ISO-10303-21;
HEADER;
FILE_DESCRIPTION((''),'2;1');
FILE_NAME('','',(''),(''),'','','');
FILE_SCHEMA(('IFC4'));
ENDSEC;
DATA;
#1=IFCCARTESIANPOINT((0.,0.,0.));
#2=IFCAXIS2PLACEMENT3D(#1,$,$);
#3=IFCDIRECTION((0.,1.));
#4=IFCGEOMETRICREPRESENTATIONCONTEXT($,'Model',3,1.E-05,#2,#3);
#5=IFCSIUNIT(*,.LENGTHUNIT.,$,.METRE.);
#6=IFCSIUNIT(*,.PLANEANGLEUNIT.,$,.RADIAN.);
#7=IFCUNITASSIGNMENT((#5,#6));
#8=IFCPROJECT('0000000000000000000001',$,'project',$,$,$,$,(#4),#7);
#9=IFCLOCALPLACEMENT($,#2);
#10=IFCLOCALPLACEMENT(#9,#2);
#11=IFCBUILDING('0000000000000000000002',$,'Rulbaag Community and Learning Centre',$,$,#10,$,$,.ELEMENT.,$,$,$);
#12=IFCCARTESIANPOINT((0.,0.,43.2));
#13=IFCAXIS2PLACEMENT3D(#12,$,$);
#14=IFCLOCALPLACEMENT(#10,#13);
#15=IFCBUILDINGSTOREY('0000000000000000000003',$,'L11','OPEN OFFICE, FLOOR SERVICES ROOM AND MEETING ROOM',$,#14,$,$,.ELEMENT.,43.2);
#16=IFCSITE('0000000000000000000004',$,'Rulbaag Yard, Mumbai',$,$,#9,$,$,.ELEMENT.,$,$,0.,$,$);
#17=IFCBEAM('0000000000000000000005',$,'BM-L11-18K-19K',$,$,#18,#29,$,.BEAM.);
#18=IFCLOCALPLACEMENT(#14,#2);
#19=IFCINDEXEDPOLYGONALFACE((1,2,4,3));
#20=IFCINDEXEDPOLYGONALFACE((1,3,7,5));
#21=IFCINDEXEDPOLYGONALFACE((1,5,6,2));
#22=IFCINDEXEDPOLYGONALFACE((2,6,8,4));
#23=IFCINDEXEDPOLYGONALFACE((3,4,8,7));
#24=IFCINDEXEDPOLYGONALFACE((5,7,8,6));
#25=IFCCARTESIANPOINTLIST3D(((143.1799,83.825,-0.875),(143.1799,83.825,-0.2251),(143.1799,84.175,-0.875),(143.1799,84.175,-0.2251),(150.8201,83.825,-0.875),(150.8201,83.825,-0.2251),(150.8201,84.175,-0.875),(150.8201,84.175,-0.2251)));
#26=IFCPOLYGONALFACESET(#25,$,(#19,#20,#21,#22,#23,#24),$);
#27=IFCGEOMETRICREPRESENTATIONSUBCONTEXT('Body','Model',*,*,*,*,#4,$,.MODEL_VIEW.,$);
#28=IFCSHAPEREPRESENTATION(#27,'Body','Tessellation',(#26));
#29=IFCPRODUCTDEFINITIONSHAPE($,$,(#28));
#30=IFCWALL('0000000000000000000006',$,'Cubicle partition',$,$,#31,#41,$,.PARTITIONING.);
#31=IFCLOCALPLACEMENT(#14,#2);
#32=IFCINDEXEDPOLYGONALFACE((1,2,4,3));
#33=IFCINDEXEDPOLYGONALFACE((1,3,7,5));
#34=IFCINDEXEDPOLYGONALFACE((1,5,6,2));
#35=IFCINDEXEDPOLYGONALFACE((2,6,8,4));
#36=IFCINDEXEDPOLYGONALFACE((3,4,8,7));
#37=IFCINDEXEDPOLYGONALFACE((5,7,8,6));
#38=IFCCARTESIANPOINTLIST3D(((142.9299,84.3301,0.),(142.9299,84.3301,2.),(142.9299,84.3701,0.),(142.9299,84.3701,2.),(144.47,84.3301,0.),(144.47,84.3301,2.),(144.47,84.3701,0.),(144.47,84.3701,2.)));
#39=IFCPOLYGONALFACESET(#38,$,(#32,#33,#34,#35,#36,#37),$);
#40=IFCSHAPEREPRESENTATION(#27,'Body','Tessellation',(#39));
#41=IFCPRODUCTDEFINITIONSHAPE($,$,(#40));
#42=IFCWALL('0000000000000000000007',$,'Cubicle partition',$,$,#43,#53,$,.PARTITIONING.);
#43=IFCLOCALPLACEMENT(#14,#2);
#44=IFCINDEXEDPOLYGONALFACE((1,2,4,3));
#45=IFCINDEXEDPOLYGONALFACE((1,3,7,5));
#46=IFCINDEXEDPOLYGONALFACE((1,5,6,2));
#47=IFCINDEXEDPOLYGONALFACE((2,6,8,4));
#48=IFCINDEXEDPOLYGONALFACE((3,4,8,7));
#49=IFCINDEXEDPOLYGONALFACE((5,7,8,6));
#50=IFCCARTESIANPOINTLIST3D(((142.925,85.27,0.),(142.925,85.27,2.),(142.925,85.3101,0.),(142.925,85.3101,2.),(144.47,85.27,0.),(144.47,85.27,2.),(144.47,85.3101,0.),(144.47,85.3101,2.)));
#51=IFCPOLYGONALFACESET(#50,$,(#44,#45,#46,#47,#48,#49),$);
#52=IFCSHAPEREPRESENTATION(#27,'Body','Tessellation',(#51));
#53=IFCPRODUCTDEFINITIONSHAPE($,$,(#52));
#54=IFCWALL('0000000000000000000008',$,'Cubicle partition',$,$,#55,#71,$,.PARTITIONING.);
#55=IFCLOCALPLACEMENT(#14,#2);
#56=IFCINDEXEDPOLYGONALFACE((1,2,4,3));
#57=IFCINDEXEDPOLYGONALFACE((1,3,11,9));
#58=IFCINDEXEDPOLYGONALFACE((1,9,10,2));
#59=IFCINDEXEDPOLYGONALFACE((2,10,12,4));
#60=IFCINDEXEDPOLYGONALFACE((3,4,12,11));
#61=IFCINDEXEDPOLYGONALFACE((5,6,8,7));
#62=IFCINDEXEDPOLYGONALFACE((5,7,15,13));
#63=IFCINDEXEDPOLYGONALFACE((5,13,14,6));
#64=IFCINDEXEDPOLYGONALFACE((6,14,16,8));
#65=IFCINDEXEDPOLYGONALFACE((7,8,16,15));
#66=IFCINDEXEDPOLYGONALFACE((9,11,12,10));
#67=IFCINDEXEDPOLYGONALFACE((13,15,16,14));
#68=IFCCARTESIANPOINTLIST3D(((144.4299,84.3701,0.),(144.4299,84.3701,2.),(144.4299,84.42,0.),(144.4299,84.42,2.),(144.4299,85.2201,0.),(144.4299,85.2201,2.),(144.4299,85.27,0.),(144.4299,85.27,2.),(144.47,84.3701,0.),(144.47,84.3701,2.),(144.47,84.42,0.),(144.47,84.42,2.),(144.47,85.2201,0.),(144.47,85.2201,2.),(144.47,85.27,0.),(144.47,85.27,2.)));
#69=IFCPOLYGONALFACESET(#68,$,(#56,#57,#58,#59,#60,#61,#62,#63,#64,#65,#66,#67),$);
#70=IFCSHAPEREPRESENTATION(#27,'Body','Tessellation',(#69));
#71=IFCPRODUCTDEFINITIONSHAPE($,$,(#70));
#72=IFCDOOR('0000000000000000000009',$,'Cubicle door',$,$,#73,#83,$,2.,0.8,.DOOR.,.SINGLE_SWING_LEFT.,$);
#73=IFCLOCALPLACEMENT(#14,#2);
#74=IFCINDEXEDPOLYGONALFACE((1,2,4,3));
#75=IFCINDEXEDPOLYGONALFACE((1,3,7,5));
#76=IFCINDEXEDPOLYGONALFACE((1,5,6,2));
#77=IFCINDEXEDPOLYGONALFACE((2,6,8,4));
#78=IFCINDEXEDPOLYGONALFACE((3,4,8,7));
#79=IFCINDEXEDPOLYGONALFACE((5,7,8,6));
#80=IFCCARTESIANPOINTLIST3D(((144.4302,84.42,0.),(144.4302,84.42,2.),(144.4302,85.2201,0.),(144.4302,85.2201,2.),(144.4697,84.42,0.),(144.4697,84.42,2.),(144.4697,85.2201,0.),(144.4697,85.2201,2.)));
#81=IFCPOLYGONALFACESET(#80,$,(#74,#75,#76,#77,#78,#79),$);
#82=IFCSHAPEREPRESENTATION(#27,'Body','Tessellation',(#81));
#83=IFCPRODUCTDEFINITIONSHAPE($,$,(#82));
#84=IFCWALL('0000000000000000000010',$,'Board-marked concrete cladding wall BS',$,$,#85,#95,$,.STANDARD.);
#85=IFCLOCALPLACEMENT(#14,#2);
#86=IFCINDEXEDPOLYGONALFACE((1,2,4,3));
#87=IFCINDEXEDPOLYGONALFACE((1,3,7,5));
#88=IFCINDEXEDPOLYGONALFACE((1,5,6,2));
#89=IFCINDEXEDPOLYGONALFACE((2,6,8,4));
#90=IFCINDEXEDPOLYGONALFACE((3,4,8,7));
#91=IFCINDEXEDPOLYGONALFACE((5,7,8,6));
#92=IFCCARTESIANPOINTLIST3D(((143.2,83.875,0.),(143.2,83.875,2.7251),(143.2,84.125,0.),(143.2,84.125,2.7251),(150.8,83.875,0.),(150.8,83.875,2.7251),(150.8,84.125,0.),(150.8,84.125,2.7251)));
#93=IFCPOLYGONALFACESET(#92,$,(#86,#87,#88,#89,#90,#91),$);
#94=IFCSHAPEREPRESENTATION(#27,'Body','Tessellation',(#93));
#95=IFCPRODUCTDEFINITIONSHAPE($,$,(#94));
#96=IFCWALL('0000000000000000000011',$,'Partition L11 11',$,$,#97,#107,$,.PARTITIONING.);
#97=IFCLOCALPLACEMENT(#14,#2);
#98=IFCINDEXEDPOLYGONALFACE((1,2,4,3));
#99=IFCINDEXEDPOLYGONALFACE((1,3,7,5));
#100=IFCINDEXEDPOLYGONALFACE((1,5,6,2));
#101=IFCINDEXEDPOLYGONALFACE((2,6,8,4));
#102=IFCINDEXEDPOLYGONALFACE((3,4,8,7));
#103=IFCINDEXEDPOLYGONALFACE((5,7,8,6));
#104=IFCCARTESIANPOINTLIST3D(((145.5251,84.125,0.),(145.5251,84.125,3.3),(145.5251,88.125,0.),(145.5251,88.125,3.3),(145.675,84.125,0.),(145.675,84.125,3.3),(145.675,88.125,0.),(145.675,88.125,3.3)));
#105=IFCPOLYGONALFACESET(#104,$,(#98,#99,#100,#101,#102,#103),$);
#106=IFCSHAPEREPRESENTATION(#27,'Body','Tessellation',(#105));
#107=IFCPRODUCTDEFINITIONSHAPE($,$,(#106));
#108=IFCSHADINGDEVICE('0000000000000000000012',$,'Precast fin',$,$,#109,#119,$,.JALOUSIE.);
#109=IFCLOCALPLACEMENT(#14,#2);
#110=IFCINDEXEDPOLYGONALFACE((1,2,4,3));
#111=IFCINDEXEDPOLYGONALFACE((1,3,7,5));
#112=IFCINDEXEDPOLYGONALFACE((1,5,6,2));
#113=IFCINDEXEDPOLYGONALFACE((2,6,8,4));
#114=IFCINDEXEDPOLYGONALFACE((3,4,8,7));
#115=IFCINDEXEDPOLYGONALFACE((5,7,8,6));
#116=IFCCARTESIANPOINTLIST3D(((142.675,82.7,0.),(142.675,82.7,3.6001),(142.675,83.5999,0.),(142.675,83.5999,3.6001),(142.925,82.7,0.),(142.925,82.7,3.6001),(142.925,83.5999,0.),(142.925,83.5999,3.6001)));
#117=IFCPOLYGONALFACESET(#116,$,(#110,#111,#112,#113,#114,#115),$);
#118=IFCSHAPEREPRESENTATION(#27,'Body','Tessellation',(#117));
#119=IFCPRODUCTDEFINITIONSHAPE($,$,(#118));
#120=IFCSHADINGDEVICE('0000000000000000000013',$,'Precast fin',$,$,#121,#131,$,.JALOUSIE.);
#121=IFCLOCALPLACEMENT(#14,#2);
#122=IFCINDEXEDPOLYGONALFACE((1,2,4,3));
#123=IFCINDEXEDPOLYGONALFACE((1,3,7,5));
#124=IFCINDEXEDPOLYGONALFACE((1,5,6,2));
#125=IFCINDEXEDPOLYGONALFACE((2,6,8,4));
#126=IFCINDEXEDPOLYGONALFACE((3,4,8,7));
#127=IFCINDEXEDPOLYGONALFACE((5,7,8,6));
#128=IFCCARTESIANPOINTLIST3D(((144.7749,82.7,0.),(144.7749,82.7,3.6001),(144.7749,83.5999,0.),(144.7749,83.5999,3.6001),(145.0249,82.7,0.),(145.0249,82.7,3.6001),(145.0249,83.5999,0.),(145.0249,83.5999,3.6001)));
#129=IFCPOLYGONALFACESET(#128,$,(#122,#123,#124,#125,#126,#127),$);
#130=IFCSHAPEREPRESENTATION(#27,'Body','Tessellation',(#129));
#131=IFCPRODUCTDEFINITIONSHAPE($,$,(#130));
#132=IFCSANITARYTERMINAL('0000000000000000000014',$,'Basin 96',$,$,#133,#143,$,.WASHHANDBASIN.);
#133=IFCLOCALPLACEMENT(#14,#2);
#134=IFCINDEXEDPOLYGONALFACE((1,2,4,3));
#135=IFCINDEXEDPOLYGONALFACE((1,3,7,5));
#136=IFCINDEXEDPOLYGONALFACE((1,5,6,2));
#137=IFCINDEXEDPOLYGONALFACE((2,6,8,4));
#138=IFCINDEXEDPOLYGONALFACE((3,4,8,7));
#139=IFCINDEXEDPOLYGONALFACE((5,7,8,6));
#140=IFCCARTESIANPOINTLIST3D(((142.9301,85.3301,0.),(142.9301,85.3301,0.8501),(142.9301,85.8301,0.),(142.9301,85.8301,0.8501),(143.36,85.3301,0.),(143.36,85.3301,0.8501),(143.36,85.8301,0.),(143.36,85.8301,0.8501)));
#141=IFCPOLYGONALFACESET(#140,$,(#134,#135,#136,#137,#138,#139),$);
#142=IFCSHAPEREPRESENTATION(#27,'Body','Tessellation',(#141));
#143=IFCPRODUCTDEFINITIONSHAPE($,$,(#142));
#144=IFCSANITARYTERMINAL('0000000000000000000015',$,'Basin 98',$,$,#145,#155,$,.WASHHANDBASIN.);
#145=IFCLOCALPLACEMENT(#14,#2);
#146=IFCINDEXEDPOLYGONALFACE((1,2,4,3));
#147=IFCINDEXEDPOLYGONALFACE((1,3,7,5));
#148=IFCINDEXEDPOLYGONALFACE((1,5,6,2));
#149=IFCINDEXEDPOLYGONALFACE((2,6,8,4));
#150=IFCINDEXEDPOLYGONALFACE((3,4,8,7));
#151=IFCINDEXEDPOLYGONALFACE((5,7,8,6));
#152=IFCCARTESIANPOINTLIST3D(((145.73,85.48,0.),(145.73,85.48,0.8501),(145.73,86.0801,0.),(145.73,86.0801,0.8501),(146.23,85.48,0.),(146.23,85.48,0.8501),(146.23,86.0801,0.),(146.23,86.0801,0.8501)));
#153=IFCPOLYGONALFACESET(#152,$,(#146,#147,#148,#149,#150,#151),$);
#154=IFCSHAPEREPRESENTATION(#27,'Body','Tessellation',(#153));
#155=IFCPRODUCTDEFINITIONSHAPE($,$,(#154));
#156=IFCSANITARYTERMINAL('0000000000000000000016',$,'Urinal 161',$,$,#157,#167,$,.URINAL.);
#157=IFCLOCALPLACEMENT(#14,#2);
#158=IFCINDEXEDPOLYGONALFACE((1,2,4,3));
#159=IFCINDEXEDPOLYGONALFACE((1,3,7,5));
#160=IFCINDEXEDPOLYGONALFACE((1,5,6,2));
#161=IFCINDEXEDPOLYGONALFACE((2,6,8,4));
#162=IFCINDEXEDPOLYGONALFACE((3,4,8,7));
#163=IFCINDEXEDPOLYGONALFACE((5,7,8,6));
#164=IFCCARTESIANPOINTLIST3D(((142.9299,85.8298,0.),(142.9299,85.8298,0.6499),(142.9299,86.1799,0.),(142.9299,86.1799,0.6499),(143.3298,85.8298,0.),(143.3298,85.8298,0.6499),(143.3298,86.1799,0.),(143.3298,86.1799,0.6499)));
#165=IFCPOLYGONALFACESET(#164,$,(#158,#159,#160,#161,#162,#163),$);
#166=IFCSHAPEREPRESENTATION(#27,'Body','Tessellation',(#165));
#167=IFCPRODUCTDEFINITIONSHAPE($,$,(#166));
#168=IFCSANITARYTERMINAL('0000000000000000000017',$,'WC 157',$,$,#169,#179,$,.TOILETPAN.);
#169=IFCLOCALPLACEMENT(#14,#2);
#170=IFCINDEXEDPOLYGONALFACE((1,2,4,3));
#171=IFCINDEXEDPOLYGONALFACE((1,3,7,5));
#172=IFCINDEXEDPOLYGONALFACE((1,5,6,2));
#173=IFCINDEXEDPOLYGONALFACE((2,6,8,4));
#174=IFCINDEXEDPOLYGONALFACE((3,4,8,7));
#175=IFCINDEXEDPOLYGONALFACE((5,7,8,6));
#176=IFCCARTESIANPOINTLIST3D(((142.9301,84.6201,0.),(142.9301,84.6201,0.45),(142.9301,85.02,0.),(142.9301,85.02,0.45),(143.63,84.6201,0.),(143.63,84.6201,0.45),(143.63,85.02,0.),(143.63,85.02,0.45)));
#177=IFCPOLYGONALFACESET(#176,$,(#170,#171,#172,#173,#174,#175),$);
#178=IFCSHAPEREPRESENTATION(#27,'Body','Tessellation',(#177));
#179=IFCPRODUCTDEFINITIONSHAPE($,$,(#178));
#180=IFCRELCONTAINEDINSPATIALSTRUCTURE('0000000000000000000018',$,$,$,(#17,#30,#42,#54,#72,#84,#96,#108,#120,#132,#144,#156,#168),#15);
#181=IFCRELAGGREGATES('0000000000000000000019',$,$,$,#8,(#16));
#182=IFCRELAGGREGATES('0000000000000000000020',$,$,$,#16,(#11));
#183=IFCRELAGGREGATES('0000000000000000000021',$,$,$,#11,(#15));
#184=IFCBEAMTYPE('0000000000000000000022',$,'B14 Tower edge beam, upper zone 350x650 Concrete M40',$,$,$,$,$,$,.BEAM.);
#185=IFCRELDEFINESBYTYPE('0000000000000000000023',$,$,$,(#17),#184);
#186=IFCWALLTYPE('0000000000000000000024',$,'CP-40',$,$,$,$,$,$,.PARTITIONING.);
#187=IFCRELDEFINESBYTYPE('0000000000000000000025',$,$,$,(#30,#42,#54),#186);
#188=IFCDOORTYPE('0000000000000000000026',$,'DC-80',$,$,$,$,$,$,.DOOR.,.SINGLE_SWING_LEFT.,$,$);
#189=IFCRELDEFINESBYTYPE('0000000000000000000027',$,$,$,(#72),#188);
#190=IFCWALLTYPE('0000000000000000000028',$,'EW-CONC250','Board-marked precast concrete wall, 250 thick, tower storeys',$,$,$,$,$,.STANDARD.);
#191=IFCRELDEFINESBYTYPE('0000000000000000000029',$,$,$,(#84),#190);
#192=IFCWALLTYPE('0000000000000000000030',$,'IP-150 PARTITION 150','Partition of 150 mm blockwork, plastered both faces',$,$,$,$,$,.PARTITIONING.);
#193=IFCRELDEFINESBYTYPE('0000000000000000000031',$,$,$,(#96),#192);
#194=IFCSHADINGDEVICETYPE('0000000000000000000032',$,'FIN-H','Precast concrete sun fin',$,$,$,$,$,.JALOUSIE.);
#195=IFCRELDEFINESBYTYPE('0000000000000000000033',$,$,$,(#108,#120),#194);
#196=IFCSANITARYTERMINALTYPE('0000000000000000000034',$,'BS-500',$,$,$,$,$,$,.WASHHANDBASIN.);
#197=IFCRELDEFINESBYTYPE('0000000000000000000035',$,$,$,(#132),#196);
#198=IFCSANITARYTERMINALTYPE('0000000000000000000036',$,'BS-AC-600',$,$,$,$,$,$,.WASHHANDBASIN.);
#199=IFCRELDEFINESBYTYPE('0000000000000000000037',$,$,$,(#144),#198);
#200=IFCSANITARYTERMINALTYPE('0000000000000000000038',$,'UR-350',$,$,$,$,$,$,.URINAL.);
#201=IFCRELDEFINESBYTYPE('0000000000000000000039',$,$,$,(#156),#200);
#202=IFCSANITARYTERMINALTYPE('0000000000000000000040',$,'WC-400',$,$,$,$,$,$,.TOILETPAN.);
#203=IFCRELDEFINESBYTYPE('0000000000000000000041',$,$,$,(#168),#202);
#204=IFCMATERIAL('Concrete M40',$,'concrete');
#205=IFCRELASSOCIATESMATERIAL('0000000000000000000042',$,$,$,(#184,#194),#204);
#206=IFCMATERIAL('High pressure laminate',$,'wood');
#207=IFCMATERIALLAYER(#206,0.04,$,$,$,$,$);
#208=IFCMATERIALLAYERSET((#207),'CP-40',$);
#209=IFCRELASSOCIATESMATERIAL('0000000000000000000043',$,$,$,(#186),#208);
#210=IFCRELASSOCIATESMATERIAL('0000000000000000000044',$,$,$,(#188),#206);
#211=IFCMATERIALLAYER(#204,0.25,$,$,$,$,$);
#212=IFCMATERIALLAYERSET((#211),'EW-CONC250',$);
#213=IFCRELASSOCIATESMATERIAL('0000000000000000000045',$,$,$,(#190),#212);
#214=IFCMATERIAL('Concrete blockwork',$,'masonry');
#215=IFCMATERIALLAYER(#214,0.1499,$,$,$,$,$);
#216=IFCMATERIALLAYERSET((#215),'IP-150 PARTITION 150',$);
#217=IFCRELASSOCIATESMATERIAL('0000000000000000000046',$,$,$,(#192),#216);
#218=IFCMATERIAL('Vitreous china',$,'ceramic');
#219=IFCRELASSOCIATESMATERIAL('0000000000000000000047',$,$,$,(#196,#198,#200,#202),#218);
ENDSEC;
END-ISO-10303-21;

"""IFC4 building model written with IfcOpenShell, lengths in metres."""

from ifc_helpers import new_model, si_unit, direction, frame, frame_2d, origin, origin_2d, place, context, subcontext, project, spatial, rectangle, extrude, material, layer, layer_set, material_profile, profile_set, type_object, element, fill, save


model = new_model("IFC4")

# Units and contexts
model_context = context("Model", 3, precision=1e-05, world=origin(), true_north=direction((0.0, 1.0)))
body_context = subcontext(model_context, "Body", "Model", "MODEL_VIEW")
ifc_project = project(units=[si_unit("LENGTHUNIT", "METRE"), si_unit("PLANEANGLEUNIT", "RADIAN")], contexts=[model_context])

# Site, building, storey
site_placement = place(None, origin())
site = spatial("IfcSite", under=ifc_project, at=site_placement, Name="Rulbaag Yard, Mumbai", CompositionType="ELEMENT", RefElevation=0.0)
building_placement = place(site_placement, origin())
building = spatial("IfcBuilding", under=site, at=building_placement, Name="Rulbaag Community and Learning Centre", CompositionType="ELEMENT")
storey_placement = place(building_placement, frame((0.0, 0.0, 43.2)))
storey = spatial("IfcBuildingStorey", under=building, at=storey_placement, Name="L11", Description="OPEN OFFICE, FLOOR SERVICES ROOM AND MEETING ROOM", CompositionType="ELEMENT", Elevation=43.2)

# Beam
ifc_material_1 = material(Name="Concrete M40", Category="concrete")
ifc_material_profile_1 = material_profile(ifc_material_1, rectangle(XDim=0.3501, YDim=0.6499, at=origin_2d()), Name="RB350x650")
ifc_profile_set_1 = profile_set([ifc_material_profile_1], Name="Concrete M40")
beam_type = type_object("IfcBeamType", Name="B14 Tower edge beam, upper zone 350x650 Concrete M40", PredefinedType="BEAM", material=ifc_profile_set_1)
beam_placement = place(storey_placement, frame((143.1799, 84.0, -0.55), z_axis=(1.0, 0.0, 0.0), x_axis=(0.0, 1.0, 0.0)))
element("IfcBeam", 1, at=beam_placement, inside=storey, type_object=beam_type, Name="BM-L11-18K-19K", PredefinedType="BEAM", context=body_context, shape_type="SweptSolid", body=[
    extrude(rectangle(XDim=0.3501, YDim=0.6499, at=origin_2d()), origin(), (0.0, 0.0, 1.0), 7.6401),
])

# Walls
ifc_material_2 = material(Name="High pressure laminate", Category="wood")
ifc_layer_1 = layer(ifc_material_2, 0.04)
ifc_layer_set_1 = layer_set([ifc_layer_1], Name="CP-40")
wall_type_1 = type_object("IfcWallType", Name="CP-40", PredefinedType="PARTITIONING", material=ifc_layer_set_1)
wall_1_placement = place(storey_placement, frame((142.9299, 84.3501, 0.0), z_axis=(0.0, 0.0, 1.0), x_axis=(1.0, 0.0, 0.0)))
element("IfcWall", 2, at=wall_1_placement, inside=storey, type_object=wall_type_1, Name="Cubicle partition", PredefinedType="PARTITIONING", context=body_context, shape_type="SweptSolid", body=[
    extrude(rectangle(XDim=1.54, YDim=0.04, at=frame_2d((0.77, 0.0))), origin(), (0.0, 0.0, 1.0), 2.0),
])
wall_2_placement = place(storey_placement, frame((142.925, 85.29, 0.0), z_axis=(0.0, 0.0, 1.0), x_axis=(1.0, 0.0, 0.0)))
element("IfcWall", 3, at=wall_2_placement, inside=storey, type_object=wall_type_1, Name="Cubicle partition", PredefinedType="PARTITIONING", context=body_context, shape_type="SweptSolid", body=[
    extrude(rectangle(XDim=1.5449, YDim=0.04, at=frame_2d((0.7725, 0.0))), origin(), (0.0, 0.0, 1.0), 2.0),
])

# Wall, opening, door
wall_3_placement = place(storey_placement, frame((144.45, 84.3701, 0.0), z_axis=(0.0, 0.0, 1.0), x_axis=(0.0, 1.0, 0.0)))
wall_3 = element("IfcWall", 4, at=wall_3_placement, inside=storey, type_object=wall_type_1, Name="Cubicle partition", PredefinedType="PARTITIONING", context=body_context, shape_type="SweptSolid", body=[
    extrude(rectangle(XDim=0.8999, YDim=0.04, at=frame_2d((0.45, 0.0))), origin(), (0.0, 0.0, 1.0), 2.0),
])
opening_placement = place(wall_3_placement, frame((0.05, 0.0, 0.0)))
opening = element("IfcOpeningElement", 5, at=opening_placement, cuts=wall_3, PredefinedType="OPENING", context=body_context, shape_type="SweptSolid", body=[
    extrude(rectangle(XDim=0.8, YDim=2.0, at=frame_2d((0.3999, 1.0))), frame((0.0, 0.03, 0.0), z_axis=(0.0, -1.0, 0.0), x_axis=(1.0, 0.0, 0.0)), (0.0, 0.0, 1.0), 0.0601),
])
door_type = type_object("IfcDoorType", Name="DC-80", OperationType="SINGLE_SWING_LEFT", PredefinedType="DOOR", material=ifc_material_2)
door_placement = place(opening_placement, origin())
door = element("IfcDoor", 6, at=door_placement, inside=storey, type_object=door_type, Name="Cubicle door", OperationType="SINGLE_SWING_LEFT", OverallHeight=2.0, OverallWidth=0.8, PredefinedType="DOOR", context=body_context, shape_type="SweptSolid", body=[
    extrude(rectangle(XDim=0.8, YDim=2.0, at=frame_2d((0.3999, 1.0))), frame((0.0, 0.0198, 0.0), z_axis=(0.0, -1.0, 0.0), x_axis=(1.0, 0.0, 0.0)), (0.0, 0.0, 1.0), 0.0396),
])
fill(opening, door)

# Walls
ifc_layer_2 = layer(ifc_material_1, 0.25)
ifc_layer_set_2 = layer_set([ifc_layer_2], Name="EW-CONC250")
wall_type_2 = type_object("IfcWallType", Name="EW-CONC250", Description="Board-marked precast concrete wall, 250 thick, tower storeys", PredefinedType="STANDARD", material=ifc_layer_set_2)
wall_4_placement = place(storey_placement, frame((143.2, 84.0, 0.0), z_axis=(0.0, 0.0, 1.0), x_axis=(1.0, 0.0, 0.0)))
element("IfcWall", 7, at=wall_4_placement, inside=storey, type_object=wall_type_2, Name="Board-marked concrete cladding wall BS", PredefinedType="STANDARD", context=body_context, shape_type="SweptSolid", body=[
    extrude(rectangle(XDim=7.6001, YDim=0.25, at=frame_2d((3.8, 0.0))), origin(), (0.0, 0.0, 1.0), 2.7251),
])
ifc_material_3 = material(Name="Concrete blockwork", Category="masonry")
ifc_layer_3 = layer(ifc_material_3, 0.1499)
ifc_layer_set_3 = layer_set([ifc_layer_3], Name="IP-150 PARTITION 150")
wall_type_3 = type_object("IfcWallType", Name="IP-150 PARTITION 150", Description="Partition of 150 mm blockwork, plastered both faces", PredefinedType="PARTITIONING", material=ifc_layer_set_3)
wall_5_placement = place(storey_placement, frame((145.6001, 84.125, 0.0), z_axis=(0.0, 0.0, 1.0), x_axis=(0.0, 1.0, 0.0)))
element("IfcWall", 8, at=wall_5_placement, inside=storey, type_object=wall_type_3, Name="Partition L11 11", PredefinedType="PARTITIONING", context=body_context, shape_type="SweptSolid", body=[
    extrude(rectangle(XDim=4.0, YDim=0.1499, at=frame_2d((2.0, 0.0))), origin(), (0.0, 0.0, 1.0), 3.3),
])

# Shading devices
ifc_material_profile_2 = material_profile(ifc_material_1, rectangle(XDim=0.25, YDim=0.8999, at=origin_2d()), Name="PC 250x900")
ifc_profile_set_2 = profile_set([ifc_material_profile_2], Name="Concrete M40")
shading_device_type = type_object("IfcShadingDeviceType", Name="FIN-H", Description="Precast concrete sun fin", PredefinedType="JALOUSIE", material=ifc_profile_set_2)
for number, where, z_axis, x_axis, name in (
    (9, (142.8, 83.1499, 0.0), (0.0, 0.0, 1.0), (1.0, 0.0, 0.0), "Precast fin"),
    (10, (144.8999, 83.1499, 0.0), (0.0, 0.0, 1.0), (1.0, 0.0, 0.0), "Precast fin"),
):
    element("IfcShadingDevice", number, at=place(storey_placement, frame(where, z_axis=z_axis, x_axis=x_axis)), inside=storey, type_object=shading_device_type, Name=name, PredefinedType="JALOUSIE", context=body_context, shape_type="SweptSolid", body=[
        extrude(rectangle(XDim=0.25, YDim=0.8999, at=origin_2d()), origin(), (0.0, 0.0, 1.0), 3.6001),
    ])

# Sanitary terminals
ifc_material_4 = material(Name="Vitreous china", Category="ceramic")
sanitary_terminal_type_1 = type_object("IfcSanitaryTerminalType", Name="BS-500", PredefinedType="WASHHANDBASIN", material=ifc_material_4)
sanitary_terminal_1_placement = place(storey_placement, frame((143.145, 85.5801, 0.0), z_axis=(0.0, 0.0, 1.0), x_axis=(1.0, 0.0, 0.0)))
element("IfcSanitaryTerminal", 11, at=sanitary_terminal_1_placement, inside=storey, type_object=sanitary_terminal_type_1, Name="Basin 96", PredefinedType="WASHHANDBASIN", context=body_context, shape_type="SweptSolid", body=[
    extrude(rectangle(XDim=0.4299, YDim=0.5, at=origin_2d()), origin(), (0.0, 0.0, 1.0), 0.8501),
])
sanitary_terminal_type_2 = type_object("IfcSanitaryTerminalType", Name="BS-AC-600", PredefinedType="WASHHANDBASIN", material=ifc_material_4)
sanitary_terminal_2_placement = place(storey_placement, frame((145.98, 85.78, 0.0), z_axis=(0.0, 0.0, 1.0), x_axis=(1.0, 0.0, 0.0)))
element("IfcSanitaryTerminal", 12, at=sanitary_terminal_2_placement, inside=storey, type_object=sanitary_terminal_type_2, Name="Basin 98", PredefinedType="WASHHANDBASIN", context=body_context, shape_type="SweptSolid", body=[
    extrude(rectangle(XDim=0.5, YDim=0.6001, at=origin_2d()), origin(), (0.0, 0.0, 1.0), 0.8501),
])
sanitary_terminal_type_3 = type_object("IfcSanitaryTerminalType", Name="UR-350", PredefinedType="URINAL", material=ifc_material_4)
sanitary_terminal_3_placement = place(storey_placement, frame((143.1299, 86.0049, 0.0), z_axis=(0.0, 0.0, 1.0), x_axis=(1.0, 0.0, 0.0)))
element("IfcSanitaryTerminal", 13, at=sanitary_terminal_3_placement, inside=storey, type_object=sanitary_terminal_type_3, Name="Urinal 161", PredefinedType="URINAL", context=body_context, shape_type="SweptSolid", body=[
    extrude(rectangle(XDim=0.3999, YDim=0.3501, at=origin_2d()), origin(), (0.0, 0.0, 1.0), 0.6499),
])
sanitary_terminal_type_4 = type_object("IfcSanitaryTerminalType", Name="WC-400", PredefinedType="TOILETPAN", material=ifc_material_4)
sanitary_terminal_4_placement = place(storey_placement, frame((143.28, 84.8201, 0.0), z_axis=(0.0, 0.0, 1.0), x_axis=(1.0, 0.0, 0.0)))
element("IfcSanitaryTerminal", 14, at=sanitary_terminal_4_placement, inside=storey, type_object=sanitary_terminal_type_4, Name="WC 157", PredefinedType="TOILETPAN", context=body_context, shape_type="SweptSolid", body=[
    extrude(rectangle(XDim=0.7, YDim=0.3999, at=origin_2d()), origin(), (0.0, 0.0, 1.0), 0.45),
])

save(model, "model.ifc")
